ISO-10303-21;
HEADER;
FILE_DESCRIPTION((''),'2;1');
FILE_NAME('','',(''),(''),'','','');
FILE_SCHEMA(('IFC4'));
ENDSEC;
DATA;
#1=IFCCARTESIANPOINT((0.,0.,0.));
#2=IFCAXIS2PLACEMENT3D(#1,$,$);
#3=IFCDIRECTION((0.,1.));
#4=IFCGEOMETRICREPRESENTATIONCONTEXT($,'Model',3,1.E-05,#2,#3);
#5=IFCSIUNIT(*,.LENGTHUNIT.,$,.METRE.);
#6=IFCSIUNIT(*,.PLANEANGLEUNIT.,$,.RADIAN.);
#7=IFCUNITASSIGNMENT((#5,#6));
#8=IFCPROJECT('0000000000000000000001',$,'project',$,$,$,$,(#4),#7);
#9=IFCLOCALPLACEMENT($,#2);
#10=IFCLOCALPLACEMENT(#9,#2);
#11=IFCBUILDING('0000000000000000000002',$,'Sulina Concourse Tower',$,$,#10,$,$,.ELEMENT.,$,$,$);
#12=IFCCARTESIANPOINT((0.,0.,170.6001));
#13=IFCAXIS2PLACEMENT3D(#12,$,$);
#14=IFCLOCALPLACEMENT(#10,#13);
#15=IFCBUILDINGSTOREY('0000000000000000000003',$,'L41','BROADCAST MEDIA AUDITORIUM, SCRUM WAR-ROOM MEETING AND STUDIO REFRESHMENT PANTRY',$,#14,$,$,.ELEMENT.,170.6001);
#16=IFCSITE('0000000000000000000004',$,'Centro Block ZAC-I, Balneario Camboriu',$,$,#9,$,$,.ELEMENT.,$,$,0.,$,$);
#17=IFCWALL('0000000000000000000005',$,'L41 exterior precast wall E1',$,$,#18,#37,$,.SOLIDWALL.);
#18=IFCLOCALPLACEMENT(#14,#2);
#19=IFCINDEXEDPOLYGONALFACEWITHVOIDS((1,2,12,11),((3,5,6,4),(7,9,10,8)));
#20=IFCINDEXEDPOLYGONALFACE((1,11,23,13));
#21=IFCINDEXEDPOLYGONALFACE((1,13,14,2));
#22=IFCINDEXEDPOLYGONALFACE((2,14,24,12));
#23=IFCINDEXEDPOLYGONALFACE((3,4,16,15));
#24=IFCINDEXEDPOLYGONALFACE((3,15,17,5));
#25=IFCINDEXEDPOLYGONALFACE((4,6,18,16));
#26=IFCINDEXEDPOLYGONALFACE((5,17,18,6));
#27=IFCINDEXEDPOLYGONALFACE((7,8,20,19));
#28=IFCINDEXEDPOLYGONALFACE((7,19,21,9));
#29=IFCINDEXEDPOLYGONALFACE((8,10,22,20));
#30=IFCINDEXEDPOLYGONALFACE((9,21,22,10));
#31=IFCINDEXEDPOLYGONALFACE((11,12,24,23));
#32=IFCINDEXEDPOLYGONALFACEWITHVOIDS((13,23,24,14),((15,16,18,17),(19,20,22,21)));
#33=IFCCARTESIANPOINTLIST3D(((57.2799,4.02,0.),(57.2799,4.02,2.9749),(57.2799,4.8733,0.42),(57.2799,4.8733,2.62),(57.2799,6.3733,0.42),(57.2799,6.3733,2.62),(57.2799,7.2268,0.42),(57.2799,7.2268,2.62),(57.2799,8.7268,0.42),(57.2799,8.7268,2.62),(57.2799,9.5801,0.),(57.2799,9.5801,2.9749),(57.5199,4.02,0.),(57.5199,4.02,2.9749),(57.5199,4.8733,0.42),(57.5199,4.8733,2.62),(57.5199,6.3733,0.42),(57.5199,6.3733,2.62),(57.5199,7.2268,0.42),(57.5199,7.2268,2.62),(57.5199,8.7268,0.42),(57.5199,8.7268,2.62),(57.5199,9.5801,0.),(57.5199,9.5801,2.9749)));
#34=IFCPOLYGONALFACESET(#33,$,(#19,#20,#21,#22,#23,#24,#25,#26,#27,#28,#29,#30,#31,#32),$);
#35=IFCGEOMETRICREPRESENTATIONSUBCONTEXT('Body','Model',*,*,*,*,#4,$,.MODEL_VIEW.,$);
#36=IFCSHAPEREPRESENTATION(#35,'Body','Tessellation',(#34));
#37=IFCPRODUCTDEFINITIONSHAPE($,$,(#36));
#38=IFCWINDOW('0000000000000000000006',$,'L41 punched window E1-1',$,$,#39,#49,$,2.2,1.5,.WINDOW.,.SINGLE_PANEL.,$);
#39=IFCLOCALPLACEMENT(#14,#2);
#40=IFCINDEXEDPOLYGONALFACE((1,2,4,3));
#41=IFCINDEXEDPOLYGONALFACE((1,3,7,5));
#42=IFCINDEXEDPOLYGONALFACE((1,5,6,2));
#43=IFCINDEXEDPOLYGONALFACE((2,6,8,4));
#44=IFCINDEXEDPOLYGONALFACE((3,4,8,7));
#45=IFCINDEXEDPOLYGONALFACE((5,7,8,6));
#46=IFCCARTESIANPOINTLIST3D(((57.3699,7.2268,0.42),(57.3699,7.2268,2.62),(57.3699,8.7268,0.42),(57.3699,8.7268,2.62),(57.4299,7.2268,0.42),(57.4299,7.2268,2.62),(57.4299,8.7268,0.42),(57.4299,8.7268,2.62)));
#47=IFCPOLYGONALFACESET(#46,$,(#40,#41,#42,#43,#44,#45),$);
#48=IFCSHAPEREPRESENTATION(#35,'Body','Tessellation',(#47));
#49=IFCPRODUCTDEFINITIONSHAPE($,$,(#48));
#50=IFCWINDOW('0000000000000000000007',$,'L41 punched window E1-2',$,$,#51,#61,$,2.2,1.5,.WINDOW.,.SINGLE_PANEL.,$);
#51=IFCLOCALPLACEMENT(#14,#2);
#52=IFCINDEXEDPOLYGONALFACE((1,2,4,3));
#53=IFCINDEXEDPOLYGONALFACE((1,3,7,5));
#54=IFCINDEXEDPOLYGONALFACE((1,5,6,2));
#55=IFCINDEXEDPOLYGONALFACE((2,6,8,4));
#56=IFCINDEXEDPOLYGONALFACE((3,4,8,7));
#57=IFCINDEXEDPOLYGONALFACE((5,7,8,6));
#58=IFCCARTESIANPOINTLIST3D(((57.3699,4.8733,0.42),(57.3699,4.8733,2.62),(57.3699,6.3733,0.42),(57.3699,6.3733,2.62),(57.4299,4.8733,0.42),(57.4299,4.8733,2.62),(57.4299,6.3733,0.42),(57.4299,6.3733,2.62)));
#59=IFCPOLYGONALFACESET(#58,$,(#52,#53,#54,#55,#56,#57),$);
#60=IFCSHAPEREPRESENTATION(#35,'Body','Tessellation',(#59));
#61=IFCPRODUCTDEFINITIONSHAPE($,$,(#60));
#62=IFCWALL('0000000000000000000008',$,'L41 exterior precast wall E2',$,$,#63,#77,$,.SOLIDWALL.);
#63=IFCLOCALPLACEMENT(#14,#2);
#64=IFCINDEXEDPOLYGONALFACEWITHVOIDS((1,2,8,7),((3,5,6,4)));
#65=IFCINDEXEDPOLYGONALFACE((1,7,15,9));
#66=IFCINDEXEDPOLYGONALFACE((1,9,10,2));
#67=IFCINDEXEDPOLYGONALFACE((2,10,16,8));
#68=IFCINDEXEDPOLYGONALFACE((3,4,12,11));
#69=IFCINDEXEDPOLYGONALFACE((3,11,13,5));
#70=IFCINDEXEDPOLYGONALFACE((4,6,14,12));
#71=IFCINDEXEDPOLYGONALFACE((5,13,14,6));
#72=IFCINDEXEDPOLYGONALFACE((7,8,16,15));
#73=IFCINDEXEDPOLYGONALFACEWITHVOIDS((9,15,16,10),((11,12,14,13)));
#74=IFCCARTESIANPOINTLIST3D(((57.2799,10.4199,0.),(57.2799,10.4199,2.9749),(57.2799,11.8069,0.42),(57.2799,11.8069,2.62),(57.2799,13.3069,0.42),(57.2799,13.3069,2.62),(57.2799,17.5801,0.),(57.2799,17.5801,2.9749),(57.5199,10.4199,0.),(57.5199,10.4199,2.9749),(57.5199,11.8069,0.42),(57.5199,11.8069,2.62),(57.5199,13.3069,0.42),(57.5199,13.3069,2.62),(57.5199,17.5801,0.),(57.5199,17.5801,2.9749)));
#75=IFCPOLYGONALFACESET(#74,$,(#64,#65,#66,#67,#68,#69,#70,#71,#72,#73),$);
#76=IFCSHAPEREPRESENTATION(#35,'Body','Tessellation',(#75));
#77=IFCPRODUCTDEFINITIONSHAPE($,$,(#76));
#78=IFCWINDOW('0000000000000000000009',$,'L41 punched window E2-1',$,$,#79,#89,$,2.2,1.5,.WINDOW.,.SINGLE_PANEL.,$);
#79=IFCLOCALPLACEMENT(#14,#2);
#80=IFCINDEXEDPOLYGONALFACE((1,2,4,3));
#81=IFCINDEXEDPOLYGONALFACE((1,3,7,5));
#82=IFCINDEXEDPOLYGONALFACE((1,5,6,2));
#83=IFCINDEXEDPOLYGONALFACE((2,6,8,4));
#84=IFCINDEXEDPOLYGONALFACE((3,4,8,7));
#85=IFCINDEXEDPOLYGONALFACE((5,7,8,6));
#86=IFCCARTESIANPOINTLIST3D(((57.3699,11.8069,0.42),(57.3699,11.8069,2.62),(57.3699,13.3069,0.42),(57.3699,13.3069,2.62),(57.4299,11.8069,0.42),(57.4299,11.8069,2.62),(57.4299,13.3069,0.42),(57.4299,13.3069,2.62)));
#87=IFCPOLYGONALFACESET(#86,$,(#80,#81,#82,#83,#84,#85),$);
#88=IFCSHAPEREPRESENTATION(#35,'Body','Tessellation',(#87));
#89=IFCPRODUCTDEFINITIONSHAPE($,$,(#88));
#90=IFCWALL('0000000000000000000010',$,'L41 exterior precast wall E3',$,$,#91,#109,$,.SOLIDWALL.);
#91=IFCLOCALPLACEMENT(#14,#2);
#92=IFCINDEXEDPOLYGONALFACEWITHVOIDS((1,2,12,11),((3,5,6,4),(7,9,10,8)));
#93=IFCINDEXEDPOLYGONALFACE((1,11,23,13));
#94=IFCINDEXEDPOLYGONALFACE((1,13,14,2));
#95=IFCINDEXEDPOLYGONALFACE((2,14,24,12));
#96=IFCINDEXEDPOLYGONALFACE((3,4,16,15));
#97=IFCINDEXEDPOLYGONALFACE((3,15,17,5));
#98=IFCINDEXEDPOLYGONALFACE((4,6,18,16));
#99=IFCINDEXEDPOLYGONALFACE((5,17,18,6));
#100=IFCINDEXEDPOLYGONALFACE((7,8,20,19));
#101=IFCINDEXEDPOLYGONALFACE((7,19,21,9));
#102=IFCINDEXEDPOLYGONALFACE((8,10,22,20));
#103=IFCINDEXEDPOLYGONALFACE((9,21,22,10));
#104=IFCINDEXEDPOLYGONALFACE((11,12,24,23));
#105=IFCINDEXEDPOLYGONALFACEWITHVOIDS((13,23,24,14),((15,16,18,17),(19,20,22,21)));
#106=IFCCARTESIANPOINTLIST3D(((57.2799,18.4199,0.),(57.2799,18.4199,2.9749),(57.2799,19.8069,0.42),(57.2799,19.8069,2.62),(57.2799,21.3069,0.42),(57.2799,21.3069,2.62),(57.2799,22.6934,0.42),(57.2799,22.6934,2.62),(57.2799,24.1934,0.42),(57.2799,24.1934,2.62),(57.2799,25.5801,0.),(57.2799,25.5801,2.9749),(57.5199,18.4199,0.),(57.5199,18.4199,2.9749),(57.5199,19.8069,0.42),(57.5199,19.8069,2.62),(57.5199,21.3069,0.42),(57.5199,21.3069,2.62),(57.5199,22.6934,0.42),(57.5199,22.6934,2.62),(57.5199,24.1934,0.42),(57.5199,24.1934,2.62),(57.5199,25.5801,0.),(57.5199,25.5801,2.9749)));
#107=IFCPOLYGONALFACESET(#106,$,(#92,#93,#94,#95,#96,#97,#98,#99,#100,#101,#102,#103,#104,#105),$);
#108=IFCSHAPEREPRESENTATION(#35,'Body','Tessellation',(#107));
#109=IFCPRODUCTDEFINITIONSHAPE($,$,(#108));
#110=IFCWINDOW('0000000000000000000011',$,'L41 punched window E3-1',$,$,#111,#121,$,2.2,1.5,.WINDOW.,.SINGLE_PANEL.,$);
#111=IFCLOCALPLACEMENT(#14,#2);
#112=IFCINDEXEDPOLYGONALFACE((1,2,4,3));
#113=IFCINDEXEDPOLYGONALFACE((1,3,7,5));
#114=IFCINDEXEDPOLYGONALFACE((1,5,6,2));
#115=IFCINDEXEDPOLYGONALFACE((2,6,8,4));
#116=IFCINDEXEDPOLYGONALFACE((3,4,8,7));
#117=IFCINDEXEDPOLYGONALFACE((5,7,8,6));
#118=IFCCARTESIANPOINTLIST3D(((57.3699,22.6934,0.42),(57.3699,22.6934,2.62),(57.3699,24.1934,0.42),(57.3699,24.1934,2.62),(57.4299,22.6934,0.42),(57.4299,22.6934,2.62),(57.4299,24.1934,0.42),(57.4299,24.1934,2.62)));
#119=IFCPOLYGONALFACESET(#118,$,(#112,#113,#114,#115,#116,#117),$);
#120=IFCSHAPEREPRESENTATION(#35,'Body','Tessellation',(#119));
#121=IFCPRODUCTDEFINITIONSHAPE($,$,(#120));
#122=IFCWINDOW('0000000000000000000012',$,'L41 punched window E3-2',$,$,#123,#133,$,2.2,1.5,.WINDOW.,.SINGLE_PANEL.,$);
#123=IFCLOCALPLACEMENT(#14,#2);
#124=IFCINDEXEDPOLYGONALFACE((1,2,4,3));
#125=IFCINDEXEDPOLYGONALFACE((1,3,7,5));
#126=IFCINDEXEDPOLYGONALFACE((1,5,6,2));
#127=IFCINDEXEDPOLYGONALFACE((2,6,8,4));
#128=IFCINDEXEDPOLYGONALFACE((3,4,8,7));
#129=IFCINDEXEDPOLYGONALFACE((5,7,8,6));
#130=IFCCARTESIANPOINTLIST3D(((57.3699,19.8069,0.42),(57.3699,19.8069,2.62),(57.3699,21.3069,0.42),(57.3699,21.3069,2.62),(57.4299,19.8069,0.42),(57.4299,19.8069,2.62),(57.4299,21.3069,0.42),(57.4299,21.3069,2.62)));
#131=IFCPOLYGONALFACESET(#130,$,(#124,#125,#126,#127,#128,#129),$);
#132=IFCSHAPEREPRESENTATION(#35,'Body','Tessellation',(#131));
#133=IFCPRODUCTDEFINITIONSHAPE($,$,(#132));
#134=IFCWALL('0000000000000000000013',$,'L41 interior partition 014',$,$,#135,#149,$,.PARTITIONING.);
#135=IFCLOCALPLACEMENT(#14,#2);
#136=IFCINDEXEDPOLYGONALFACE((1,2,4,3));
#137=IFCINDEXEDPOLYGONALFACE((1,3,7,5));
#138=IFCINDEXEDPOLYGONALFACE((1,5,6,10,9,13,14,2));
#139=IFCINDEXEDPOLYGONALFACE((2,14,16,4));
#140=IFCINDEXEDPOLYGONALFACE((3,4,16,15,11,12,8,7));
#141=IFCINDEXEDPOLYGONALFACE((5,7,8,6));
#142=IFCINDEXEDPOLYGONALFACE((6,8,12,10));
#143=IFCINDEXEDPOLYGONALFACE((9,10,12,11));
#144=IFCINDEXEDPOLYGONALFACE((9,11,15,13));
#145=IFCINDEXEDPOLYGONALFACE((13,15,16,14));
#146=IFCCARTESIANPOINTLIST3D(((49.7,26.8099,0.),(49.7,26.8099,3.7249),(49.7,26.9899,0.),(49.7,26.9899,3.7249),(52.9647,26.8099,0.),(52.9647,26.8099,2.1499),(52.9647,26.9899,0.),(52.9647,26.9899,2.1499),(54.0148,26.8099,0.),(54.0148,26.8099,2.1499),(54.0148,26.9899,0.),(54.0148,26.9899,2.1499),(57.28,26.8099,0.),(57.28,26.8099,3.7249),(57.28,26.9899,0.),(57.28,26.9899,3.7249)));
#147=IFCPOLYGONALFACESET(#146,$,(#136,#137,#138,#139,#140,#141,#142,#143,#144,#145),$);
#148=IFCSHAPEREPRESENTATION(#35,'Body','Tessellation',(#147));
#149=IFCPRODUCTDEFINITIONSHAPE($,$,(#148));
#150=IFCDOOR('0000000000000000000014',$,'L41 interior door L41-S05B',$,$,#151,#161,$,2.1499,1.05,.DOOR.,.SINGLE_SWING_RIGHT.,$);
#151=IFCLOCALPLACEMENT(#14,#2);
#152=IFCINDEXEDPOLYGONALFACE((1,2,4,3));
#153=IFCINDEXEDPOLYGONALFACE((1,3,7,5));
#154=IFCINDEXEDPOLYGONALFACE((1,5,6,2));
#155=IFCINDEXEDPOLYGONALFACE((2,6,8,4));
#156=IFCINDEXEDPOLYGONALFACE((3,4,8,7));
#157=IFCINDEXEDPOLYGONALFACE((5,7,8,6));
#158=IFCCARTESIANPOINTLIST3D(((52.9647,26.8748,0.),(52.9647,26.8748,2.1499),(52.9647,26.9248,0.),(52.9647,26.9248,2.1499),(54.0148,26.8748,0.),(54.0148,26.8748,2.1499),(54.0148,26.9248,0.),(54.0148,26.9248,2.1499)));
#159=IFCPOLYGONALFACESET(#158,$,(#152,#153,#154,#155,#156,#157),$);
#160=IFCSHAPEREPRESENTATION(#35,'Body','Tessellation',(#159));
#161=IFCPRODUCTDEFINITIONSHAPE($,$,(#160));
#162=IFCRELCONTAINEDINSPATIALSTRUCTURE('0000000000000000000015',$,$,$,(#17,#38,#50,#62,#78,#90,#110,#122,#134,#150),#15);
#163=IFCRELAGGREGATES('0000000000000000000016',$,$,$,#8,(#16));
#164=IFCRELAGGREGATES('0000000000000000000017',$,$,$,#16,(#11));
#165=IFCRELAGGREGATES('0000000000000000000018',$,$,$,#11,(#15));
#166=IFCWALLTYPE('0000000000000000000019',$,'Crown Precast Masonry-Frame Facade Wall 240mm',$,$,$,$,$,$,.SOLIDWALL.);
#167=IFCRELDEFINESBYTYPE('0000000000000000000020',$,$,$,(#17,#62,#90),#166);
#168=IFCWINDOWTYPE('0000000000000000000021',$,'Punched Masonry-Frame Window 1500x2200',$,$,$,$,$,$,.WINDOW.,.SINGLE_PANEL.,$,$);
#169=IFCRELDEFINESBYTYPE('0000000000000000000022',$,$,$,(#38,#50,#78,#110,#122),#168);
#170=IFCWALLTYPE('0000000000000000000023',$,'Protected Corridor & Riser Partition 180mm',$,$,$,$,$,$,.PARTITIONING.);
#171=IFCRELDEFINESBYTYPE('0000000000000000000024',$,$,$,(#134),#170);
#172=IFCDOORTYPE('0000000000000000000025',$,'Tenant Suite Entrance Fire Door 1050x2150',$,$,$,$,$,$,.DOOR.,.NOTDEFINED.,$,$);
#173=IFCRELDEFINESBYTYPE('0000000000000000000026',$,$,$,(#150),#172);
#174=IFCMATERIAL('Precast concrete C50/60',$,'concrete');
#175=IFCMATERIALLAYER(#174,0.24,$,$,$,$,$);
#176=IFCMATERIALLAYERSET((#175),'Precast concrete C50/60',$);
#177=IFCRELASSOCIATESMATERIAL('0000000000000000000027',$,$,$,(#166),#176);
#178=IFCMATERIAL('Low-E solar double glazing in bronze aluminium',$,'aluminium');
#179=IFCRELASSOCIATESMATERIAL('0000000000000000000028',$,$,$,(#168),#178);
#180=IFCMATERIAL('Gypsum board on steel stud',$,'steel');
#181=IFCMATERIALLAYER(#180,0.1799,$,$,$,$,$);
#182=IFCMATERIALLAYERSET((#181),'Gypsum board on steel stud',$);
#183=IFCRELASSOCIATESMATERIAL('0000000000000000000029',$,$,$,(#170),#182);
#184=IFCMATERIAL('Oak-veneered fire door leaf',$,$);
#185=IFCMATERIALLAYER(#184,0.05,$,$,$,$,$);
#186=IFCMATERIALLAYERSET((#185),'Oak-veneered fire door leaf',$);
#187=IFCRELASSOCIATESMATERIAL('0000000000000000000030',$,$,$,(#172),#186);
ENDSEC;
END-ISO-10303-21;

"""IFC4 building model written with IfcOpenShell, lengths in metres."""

from ifc_helpers import new_model, si_unit, direction, frame, frame_2d, origin, place, context, subcontext, project, spatial, rectangle, extrude, material, layer, layer_set, type_object, element, fill, save


model = new_model("IFC4")

# Units and contexts
model_context = context("Model", 3, precision=1e-05, world=origin(), true_north=direction((0.0, 1.0)))
body_context = subcontext(model_context, "Body", "Model", "MODEL_VIEW")
ifc_project = project(units=[si_unit("LENGTHUNIT", "METRE"), si_unit("PLANEANGLEUNIT", "RADIAN")], contexts=[model_context])

# Site, building, storey
site_placement = place(None, origin())
site = spatial("IfcSite", under=ifc_project, at=site_placement, Name="Centro Block ZAC-I, Balneario Camboriu", CompositionType="ELEMENT", RefElevation=0.0)
building_placement = place(site_placement, origin())
building = spatial("IfcBuilding", under=site, at=building_placement, Name="Sulina Concourse Tower", CompositionType="ELEMENT")
storey_placement = place(building_placement, frame((0.0, 0.0, 170.6001)))
storey = spatial("IfcBuildingStorey", under=building, at=storey_placement, Name="L41", Description="BROADCAST MEDIA AUDITORIUM, SCRUM WAR-ROOM MEETING AND STUDIO REFRESHMENT PANTRY", CompositionType="ELEMENT", Elevation=170.6001)

# Wall, openings, windows
ifc_material_1 = material(Name="Precast concrete C50/60", Category="concrete")
ifc_layer_1 = layer(ifc_material_1, 0.24)
ifc_layer_set_1 = layer_set([ifc_layer_1], Name="Precast concrete C50/60")
wall_type_1 = type_object("IfcWallType", Name="Crown Precast Masonry-Frame Facade Wall 240mm", PredefinedType="SOLIDWALL", material=ifc_layer_set_1)
wall_1_placement = place(storey_placement, frame((57.3999, 9.5801, 0.0), z_axis=(0.0, 0.0, 1.0), x_axis=(0.0, -1.0, 0.0)))
wall_1 = element("IfcWall", 1, at=wall_1_placement, inside=storey, type_object=wall_type_1, Name="L41 exterior precast wall E1", PredefinedType="SOLIDWALL", context=body_context, shape_type="SweptSolid", body=[
    extrude(rectangle(XDim=5.5601, YDim=0.24, at=frame_2d((2.78, 0.0))), origin(), (0.0, 0.0, 1.0), 2.9749),
])
opening_1_placement = place(wall_1_placement, frame((0.8533, 0.0, 0.4199)))
opening_1 = element("IfcOpeningElement", 2, at=opening_1_placement, cuts=wall_1, PredefinedType="OPENING", context=body_context, shape_type="SweptSolid", body=[
    extrude(rectangle(XDim=1.5, YDim=2.2, at=frame_2d((0.75, 1.1001))), frame((0.0, 0.1299, 0.0), z_axis=(0.0, -1.0, 0.0), x_axis=(1.0, 0.0, 0.0)), (0.0, 0.0, 1.0), 0.26),
])
opening_2_placement = place(wall_1_placement, frame((3.2068, 0.0, 0.4199)))
opening_2 = element("IfcOpeningElement", 3, at=opening_2_placement, cuts=wall_1, PredefinedType="OPENING", context=body_context, shape_type="SweptSolid", body=[
    extrude(rectangle(XDim=1.5, YDim=2.2, at=frame_2d((0.75, 1.1001))), frame((0.0, 0.1299, 0.0), z_axis=(0.0, -1.0, 0.0), x_axis=(1.0, 0.0, 0.0)), (0.0, 0.0, 1.0), 0.26),
])
ifc_material_2 = material(Name="Low-E solar double glazing in bronze aluminium", Category="aluminium")
window_type = type_object("IfcWindowType", Name="Punched Masonry-Frame Window 1500x2200", PartitioningType="SINGLE_PANEL", PredefinedType="WINDOW", material=ifc_material_2)
window_1_placement = place(opening_1_placement, origin())
window_1 = element("IfcWindow", 4, at=window_1_placement, inside=storey, type_object=window_type, Name="L41 punched window E1-1", OverallHeight=2.2, OverallWidth=1.5, PartitioningType="SINGLE_PANEL", PredefinedType="WINDOW", context=body_context, shape_type="SweptSolid", body=[
    extrude(rectangle(XDim=1.5, YDim=2.2, at=frame_2d((0.75, 1.1001))), frame((0.0, 0.03, 0.0), z_axis=(0.0, -1.0, 0.0), x_axis=(1.0, 0.0, 0.0)), (0.0, 0.0, 1.0), 0.0601),
])
fill(opening_1, window_1)
window_2_placement = place(opening_2_placement, origin())
window_2 = element("IfcWindow", 5, at=window_2_placement, inside=storey, type_object=window_type, Name="L41 punched window E1-2", OverallHeight=2.2, OverallWidth=1.5, PartitioningType="SINGLE_PANEL", PredefinedType="WINDOW", context=body_context, shape_type="SweptSolid", body=[
    extrude(rectangle(XDim=1.5, YDim=2.2, at=frame_2d((0.75, 1.1001))), frame((0.0, 0.03, 0.0), z_axis=(0.0, -1.0, 0.0), x_axis=(1.0, 0.0, 0.0)), (0.0, 0.0, 1.0), 0.0601),
])
fill(opening_2, window_2)

# Wall, opening, window
wall_2_placement = place(storey_placement, frame((57.3999, 17.5801, 0.0), z_axis=(0.0, 0.0, 1.0), x_axis=(0.0, -1.0, 0.0)))
wall_2 = element("IfcWall", 6, at=wall_2_placement, inside=storey, type_object=wall_type_1, Name="L41 exterior precast wall E2", PredefinedType="SOLIDWALL", context=body_context, shape_type="SweptSolid", body=[
    extrude(rectangle(XDim=7.1602, YDim=0.24, at=frame_2d((3.5801, 0.0))), origin(), (0.0, 0.0, 1.0), 2.9749),
])
opening_3_placement = place(wall_2_placement, frame((4.2732, 0.0, 0.4199)))
opening_3 = element("IfcOpeningElement", 7, at=opening_3_placement, cuts=wall_2, PredefinedType="OPENING", context=body_context, shape_type="SweptSolid", body=[
    extrude(rectangle(XDim=1.5, YDim=2.2, at=frame_2d((0.75, 1.1001))), frame((0.0, 0.1299, 0.0), z_axis=(0.0, -1.0, 0.0), x_axis=(1.0, 0.0, 0.0)), (0.0, 0.0, 1.0), 0.26),
])
window_3_placement = place(opening_3_placement, origin())
window_3 = element("IfcWindow", 8, at=window_3_placement, inside=storey, type_object=window_type, Name="L41 punched window E2-1", OverallHeight=2.2, OverallWidth=1.5, PartitioningType="SINGLE_PANEL", PredefinedType="WINDOW", context=body_context, shape_type="SweptSolid", body=[
    extrude(rectangle(XDim=1.5, YDim=2.2, at=frame_2d((0.75, 1.1001))), frame((0.0, 0.03, 0.0), z_axis=(0.0, -1.0, 0.0), x_axis=(1.0, 0.0, 0.0)), (0.0, 0.0, 1.0), 0.0601),
])
fill(opening_3, window_3)

# Wall, openings, windows
wall_3_placement = place(storey_placement, frame((57.3999, 25.5801, 0.0), z_axis=(0.0, 0.0, 1.0), x_axis=(0.0, -1.0, 0.0)))
wall_3 = element("IfcWall", 9, at=wall_3_placement, inside=storey, type_object=wall_type_1, Name="L41 exterior precast wall E3", PredefinedType="SOLIDWALL", context=body_context, shape_type="SweptSolid", body=[
    extrude(rectangle(XDim=7.1602, YDim=0.24, at=frame_2d((3.5801, 0.0))), origin(), (0.0, 0.0, 1.0), 2.9749),
])
opening_4_placement = place(wall_3_placement, frame((1.3867, 0.0, 0.4199)))
opening_4 = element("IfcOpeningElement", 10, at=opening_4_placement, cuts=wall_3, PredefinedType="OPENING", context=body_context, shape_type="SweptSolid", body=[
    extrude(rectangle(XDim=1.5, YDim=2.2, at=frame_2d((0.75, 1.1001))), frame((0.0, 0.1299, 0.0), z_axis=(0.0, -1.0, 0.0), x_axis=(1.0, 0.0, 0.0)), (0.0, 0.0, 1.0), 0.26),
])
opening_5_placement = place(wall_3_placement, frame((4.2732, 0.0, 0.4199)))
opening_5 = element("IfcOpeningElement", 11, at=opening_5_placement, cuts=wall_3, PredefinedType="OPENING", context=body_context, shape_type="SweptSolid", body=[
    extrude(rectangle(XDim=1.5, YDim=2.2, at=frame_2d((0.75, 1.1001))), frame((0.0, 0.1299, 0.0), z_axis=(0.0, -1.0, 0.0), x_axis=(1.0, 0.0, 0.0)), (0.0, 0.0, 1.0), 0.26),
])
window_4_placement = place(opening_4_placement, origin())
window_4 = element("IfcWindow", 12, at=window_4_placement, inside=storey, type_object=window_type, Name="L41 punched window E3-1", OverallHeight=2.2, OverallWidth=1.5, PartitioningType="SINGLE_PANEL", PredefinedType="WINDOW", context=body_context, shape_type="SweptSolid", body=[
    extrude(rectangle(XDim=1.5, YDim=2.2, at=frame_2d((0.75, 1.1001))), frame((0.0, 0.03, 0.0), z_axis=(0.0, -1.0, 0.0), x_axis=(1.0, 0.0, 0.0)), (0.0, 0.0, 1.0), 0.0601),
])
fill(opening_4, window_4)
window_5_placement = place(opening_5_placement, origin())
window_5 = element("IfcWindow", 13, at=window_5_placement, inside=storey, type_object=window_type, Name="L41 punched window E3-2", OverallHeight=2.2, OverallWidth=1.5, PartitioningType="SINGLE_PANEL", PredefinedType="WINDOW", context=body_context, shape_type="SweptSolid", body=[
    extrude(rectangle(XDim=1.5, YDim=2.2, at=frame_2d((0.75, 1.1001))), frame((0.0, 0.03, 0.0), z_axis=(0.0, -1.0, 0.0), x_axis=(1.0, 0.0, 0.0)), (0.0, 0.0, 1.0), 0.0601),
])
fill(opening_5, window_5)

# Wall, opening, door
ifc_material_3 = material(Name="Gypsum board on steel stud", Category="steel")
ifc_layer_2 = layer(ifc_material_3, 0.1799)
ifc_layer_set_2 = layer_set([ifc_layer_2], Name="Gypsum board on steel stud")
wall_type_2 = type_object("IfcWallType", Name="Protected Corridor & Riser Partition 180mm", PredefinedType="PARTITIONING", material=ifc_layer_set_2)
wall_4_placement = place(storey_placement, frame((49.7, 26.8999, 0.0), z_axis=(0.0, 0.0, 1.0), x_axis=(1.0, 0.0, 0.0)))
wall_4 = element("IfcWall", 14, at=wall_4_placement, inside=storey, type_object=wall_type_2, Name="L41 interior partition 014", PredefinedType="PARTITIONING", context=body_context, shape_type="SweptSolid", body=[
    extrude(rectangle(XDim=7.5801, YDim=0.1799, at=frame_2d((3.79, 0.0))), origin(), (0.0, 0.0, 1.0), 3.7249),
])
opening_6_placement = place(wall_4_placement, frame((3.2649, 0.0, 0.0)))
opening_6 = element("IfcOpeningElement", 15, at=opening_6_placement, cuts=wall_4, PredefinedType="OPENING", context=body_context, shape_type="SweptSolid", body=[
    extrude(rectangle(XDim=1.05, YDim=2.1499, at=frame_2d((0.5249, 1.075))), frame((0.0, 0.0999, 0.0), z_axis=(0.0, -1.0, 0.0), x_axis=(1.0, 0.0, 0.0)), (0.0, 0.0, 1.0), 0.2),
])
ifc_material_4 = material(Name="Oak-veneered fire door leaf")
ifc_layer_3 = layer(ifc_material_4, 0.05)
ifc_layer_set_3 = layer_set([ifc_layer_3], Name="Oak-veneered fire door leaf")
door_type = type_object("IfcDoorType", Name="Tenant Suite Entrance Fire Door 1050x2150", OperationType="NOTDEFINED", PredefinedType="DOOR", material=ifc_layer_set_3)
door_1_placement = place(opening_6_placement, origin())
door_1 = element("IfcDoor", 16, at=door_1_placement, inside=storey, type_object=door_type, Name="L41 interior door L41-S05B", OperationType="SINGLE_SWING_RIGHT", OverallHeight=2.1499, OverallWidth=1.05, PredefinedType="DOOR", context=body_context, shape_type="SweptSolid", body=[
    extrude(rectangle(XDim=1.05, YDim=2.1499, at=frame_2d((0.5249, 1.075))), frame((0.0, 0.0249, 0.0), z_axis=(0.0, -1.0, 0.0), x_axis=(1.0, 0.0, 0.0)), (0.0, 0.0, 1.0), 0.05),
])
fill(opening_6, door_1)

save(model, "model.ifc")
